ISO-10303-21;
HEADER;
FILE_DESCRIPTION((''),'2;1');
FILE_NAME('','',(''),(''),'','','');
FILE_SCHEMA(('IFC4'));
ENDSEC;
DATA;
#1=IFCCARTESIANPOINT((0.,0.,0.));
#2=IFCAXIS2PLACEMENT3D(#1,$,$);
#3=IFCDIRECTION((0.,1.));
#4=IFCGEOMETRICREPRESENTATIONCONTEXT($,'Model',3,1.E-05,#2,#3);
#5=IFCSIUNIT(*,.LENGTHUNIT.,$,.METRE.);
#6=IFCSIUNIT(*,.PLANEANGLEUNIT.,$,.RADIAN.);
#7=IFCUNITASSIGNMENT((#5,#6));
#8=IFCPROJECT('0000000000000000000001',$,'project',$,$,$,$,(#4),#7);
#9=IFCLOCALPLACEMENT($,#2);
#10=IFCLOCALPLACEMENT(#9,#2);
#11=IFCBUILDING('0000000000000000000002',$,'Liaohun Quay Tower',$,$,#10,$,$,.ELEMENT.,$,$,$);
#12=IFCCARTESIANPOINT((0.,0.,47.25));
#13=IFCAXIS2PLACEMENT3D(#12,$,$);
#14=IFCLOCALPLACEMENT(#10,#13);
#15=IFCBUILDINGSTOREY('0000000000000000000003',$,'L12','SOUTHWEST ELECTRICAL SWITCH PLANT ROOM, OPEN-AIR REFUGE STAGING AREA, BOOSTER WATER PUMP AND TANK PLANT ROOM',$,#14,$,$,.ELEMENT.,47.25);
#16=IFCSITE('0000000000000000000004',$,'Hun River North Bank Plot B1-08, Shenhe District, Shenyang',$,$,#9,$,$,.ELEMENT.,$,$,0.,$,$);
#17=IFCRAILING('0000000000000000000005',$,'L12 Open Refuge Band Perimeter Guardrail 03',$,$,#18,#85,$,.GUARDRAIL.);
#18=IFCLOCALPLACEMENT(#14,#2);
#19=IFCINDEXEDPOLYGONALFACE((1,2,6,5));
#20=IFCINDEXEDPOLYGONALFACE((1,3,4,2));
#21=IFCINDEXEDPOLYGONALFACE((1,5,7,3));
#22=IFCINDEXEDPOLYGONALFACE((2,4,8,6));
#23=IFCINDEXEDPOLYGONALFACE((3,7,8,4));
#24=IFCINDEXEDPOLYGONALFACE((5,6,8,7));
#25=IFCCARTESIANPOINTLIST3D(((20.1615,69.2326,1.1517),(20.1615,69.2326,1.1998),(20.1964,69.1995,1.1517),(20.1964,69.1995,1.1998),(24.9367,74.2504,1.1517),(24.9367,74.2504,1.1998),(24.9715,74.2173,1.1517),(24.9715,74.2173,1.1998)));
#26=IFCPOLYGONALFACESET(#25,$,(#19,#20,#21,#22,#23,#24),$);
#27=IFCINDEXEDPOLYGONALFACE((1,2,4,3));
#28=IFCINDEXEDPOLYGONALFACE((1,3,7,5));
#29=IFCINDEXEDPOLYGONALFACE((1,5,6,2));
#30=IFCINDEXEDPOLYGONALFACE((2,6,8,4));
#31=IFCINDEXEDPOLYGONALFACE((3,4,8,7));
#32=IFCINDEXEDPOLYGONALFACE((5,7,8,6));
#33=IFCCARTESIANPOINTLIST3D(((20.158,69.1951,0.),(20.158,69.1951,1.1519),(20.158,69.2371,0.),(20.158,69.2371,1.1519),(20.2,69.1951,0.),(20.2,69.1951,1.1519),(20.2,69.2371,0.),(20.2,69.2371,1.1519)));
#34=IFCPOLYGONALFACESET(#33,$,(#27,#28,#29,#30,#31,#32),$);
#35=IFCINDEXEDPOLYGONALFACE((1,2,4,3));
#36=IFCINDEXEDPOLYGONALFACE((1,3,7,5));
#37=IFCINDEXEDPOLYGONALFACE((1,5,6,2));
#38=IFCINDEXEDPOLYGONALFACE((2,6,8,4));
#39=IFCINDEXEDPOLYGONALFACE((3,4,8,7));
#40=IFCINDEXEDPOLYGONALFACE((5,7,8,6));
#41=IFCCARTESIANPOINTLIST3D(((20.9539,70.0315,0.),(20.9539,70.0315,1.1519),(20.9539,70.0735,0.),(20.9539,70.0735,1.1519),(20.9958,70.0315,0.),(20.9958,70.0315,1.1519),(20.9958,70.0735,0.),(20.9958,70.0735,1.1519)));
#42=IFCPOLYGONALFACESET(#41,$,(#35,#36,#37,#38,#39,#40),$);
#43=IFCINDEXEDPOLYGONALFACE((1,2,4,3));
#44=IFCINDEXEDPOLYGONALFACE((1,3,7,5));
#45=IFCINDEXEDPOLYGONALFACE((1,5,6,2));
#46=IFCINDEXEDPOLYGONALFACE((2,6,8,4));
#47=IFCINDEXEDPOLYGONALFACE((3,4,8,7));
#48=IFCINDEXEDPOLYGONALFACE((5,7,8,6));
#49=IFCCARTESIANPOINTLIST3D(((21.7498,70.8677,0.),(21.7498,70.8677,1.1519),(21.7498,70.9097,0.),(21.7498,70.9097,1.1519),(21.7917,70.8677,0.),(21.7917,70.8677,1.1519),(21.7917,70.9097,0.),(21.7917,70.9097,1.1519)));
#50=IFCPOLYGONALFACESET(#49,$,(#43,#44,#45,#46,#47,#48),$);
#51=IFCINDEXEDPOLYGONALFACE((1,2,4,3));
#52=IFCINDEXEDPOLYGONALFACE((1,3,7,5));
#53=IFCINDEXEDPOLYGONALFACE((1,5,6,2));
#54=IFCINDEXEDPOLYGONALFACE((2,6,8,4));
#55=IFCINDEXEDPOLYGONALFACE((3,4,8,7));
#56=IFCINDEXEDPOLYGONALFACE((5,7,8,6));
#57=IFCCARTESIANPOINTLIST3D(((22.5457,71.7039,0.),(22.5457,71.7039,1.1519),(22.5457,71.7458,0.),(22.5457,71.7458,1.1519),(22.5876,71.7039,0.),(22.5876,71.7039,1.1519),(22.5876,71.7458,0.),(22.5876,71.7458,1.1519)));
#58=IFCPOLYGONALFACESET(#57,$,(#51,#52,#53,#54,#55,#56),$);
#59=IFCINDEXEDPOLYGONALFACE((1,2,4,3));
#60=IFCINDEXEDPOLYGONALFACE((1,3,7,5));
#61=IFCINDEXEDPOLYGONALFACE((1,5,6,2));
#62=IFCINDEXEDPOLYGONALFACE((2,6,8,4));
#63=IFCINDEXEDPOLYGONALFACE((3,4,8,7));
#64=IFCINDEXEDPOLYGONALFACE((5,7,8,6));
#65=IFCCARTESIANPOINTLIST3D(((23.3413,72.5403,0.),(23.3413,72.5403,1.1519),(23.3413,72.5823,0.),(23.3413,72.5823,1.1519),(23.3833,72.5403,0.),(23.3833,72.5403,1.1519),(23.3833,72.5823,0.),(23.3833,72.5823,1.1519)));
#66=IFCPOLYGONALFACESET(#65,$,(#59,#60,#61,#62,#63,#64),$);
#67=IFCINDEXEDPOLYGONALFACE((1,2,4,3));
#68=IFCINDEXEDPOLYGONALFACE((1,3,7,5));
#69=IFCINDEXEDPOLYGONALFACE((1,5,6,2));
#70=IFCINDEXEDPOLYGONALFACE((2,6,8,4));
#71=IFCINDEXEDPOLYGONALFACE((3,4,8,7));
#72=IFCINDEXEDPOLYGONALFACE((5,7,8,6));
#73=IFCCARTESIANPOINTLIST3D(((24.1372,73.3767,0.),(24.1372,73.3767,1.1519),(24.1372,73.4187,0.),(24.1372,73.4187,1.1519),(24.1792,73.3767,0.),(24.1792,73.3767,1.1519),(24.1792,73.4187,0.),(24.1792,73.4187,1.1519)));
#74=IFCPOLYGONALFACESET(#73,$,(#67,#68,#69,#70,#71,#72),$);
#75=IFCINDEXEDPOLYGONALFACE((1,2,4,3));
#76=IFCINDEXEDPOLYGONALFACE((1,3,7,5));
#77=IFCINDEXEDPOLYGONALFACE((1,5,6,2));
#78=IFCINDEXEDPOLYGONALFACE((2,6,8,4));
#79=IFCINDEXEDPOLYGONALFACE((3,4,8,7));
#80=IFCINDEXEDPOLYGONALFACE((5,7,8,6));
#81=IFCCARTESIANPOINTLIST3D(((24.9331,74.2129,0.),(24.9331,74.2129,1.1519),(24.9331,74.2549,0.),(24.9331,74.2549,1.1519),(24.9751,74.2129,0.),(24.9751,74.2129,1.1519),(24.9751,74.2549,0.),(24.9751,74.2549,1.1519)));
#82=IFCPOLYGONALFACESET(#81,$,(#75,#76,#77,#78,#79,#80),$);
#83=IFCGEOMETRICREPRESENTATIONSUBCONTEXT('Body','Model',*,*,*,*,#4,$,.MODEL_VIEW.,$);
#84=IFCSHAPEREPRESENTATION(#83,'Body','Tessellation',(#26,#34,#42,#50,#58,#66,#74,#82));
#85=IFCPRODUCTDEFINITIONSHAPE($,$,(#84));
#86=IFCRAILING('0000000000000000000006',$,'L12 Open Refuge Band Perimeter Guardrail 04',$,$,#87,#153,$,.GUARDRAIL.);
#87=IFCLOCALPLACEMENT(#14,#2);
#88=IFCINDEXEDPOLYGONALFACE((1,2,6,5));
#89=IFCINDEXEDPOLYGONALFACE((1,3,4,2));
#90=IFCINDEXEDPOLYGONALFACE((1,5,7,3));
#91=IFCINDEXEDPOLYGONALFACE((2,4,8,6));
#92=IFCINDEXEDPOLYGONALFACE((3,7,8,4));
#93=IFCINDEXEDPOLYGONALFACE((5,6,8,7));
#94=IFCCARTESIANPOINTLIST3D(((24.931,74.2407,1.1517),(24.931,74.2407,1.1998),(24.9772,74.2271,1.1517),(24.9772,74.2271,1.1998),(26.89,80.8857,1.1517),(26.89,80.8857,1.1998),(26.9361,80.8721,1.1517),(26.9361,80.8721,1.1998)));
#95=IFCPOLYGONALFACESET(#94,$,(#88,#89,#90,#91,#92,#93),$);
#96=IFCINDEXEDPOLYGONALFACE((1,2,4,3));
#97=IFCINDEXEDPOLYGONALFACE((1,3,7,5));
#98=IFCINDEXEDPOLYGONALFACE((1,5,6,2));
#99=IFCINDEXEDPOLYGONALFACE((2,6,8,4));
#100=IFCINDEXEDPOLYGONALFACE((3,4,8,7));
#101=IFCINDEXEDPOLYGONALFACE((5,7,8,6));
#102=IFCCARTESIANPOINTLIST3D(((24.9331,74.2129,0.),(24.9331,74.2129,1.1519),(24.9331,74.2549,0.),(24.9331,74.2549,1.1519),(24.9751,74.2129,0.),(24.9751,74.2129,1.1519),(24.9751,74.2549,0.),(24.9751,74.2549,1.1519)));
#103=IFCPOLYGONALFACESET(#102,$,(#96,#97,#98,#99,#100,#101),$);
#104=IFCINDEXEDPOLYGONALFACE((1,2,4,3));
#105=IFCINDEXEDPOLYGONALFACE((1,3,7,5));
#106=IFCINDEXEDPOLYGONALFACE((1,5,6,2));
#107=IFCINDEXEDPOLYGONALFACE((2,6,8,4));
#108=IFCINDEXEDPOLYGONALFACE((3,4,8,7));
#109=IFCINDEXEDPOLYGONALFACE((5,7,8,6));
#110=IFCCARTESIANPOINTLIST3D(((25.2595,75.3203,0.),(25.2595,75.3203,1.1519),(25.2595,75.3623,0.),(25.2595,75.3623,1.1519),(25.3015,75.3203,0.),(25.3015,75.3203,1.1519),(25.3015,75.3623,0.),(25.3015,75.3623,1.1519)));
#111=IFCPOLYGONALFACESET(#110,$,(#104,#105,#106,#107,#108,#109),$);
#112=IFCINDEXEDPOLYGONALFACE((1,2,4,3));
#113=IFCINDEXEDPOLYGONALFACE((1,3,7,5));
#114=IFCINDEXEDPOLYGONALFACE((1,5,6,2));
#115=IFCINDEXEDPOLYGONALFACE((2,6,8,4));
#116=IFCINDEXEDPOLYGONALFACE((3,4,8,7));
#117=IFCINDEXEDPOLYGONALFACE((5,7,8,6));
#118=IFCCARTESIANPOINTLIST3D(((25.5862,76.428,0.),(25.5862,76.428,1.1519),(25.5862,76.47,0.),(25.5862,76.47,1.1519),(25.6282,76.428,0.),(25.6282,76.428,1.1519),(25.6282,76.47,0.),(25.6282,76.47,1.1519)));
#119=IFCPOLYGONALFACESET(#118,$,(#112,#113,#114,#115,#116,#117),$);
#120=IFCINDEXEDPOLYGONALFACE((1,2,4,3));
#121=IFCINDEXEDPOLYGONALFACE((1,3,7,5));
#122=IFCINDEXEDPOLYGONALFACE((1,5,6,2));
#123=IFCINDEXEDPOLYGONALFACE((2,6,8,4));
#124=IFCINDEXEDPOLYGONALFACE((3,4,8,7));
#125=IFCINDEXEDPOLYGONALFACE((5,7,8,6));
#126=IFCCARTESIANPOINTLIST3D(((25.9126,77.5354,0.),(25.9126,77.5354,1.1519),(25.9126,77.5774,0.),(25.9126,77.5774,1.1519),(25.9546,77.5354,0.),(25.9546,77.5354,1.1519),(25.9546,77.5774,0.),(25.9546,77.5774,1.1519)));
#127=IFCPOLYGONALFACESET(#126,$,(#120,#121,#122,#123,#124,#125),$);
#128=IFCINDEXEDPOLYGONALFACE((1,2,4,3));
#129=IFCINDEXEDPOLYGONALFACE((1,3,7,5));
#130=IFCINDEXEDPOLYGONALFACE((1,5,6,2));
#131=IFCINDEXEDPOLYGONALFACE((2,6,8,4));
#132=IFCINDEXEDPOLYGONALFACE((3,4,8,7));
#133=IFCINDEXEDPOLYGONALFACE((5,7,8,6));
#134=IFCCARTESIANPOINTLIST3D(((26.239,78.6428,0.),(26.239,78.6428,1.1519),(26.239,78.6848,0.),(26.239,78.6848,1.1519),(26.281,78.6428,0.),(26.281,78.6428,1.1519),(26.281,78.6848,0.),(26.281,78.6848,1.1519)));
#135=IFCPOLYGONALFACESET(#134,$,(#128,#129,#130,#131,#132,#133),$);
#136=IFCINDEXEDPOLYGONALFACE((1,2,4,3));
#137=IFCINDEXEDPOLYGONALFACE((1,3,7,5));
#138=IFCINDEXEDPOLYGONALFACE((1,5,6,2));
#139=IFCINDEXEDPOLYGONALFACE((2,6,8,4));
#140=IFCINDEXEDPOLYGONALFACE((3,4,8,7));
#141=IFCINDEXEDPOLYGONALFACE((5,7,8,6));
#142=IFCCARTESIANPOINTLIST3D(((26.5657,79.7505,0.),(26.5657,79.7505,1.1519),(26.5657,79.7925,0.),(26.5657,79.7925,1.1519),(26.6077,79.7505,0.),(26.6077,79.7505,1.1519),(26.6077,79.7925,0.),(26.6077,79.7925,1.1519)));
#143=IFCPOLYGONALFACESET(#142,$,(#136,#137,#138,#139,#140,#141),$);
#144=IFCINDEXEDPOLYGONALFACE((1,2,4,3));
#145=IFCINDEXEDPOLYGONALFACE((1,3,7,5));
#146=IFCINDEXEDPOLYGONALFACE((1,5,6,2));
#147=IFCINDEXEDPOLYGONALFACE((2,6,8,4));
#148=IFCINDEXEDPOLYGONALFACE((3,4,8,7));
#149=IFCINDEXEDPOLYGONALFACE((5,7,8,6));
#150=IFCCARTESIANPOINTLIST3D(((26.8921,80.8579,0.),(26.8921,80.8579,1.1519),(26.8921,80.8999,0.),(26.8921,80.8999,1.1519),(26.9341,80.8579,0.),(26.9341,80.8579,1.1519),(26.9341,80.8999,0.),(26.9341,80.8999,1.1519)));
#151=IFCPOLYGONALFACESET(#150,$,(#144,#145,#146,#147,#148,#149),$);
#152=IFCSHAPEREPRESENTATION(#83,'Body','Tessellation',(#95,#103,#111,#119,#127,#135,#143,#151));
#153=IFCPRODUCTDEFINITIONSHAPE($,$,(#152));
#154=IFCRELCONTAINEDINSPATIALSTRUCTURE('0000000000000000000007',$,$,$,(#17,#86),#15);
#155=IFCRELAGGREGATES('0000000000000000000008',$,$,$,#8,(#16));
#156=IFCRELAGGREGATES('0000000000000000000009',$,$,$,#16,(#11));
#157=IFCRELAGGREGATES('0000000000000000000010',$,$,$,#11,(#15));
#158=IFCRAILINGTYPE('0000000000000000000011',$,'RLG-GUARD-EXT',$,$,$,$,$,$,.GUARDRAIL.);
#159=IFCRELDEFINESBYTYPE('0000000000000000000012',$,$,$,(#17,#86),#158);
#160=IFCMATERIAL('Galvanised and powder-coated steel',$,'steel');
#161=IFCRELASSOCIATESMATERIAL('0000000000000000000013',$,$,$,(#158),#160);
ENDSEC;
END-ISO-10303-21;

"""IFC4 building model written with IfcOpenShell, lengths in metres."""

from ifc_helpers import new_model, si_unit, direction, frame, origin, origin_2d, place, context, subcontext, project, spatial, rectangle, extrude, material, type_object, element, save


model = new_model("IFC4")

# Units and contexts
model_context = context("Model", 3, precision=1e-05, world=origin(), true_north=direction((0.0, 1.0)))
body_context = subcontext(model_context, "Body", "Model", "MODEL_VIEW")
ifc_project = project(units=[si_unit("LENGTHUNIT", "METRE"), si_unit("PLANEANGLEUNIT", "RADIAN")], contexts=[model_context])

# Site, building, storey
site_placement = place(None, origin())
site = spatial("IfcSite", under=ifc_project, at=site_placement, Name="Hun River North Bank Plot B1-08, Shenhe District, Shenyang", CompositionType="ELEMENT", RefElevation=0.0)
building_placement = place(site_placement, origin())
building = spatial("IfcBuilding", under=site, at=building_placement, Name="Liaohun Quay Tower", CompositionType="ELEMENT")
storey_placement = place(building_placement, frame((0.0, 0.0, 47.25)))
storey = spatial("IfcBuildingStorey", under=building, at=storey_placement, Name="L12", Description="SOUTHWEST ELECTRICAL SWITCH PLANT ROOM, OPEN-AIR REFUGE STAGING AREA, BOOSTER WATER PUMP AND TANK PLANT ROOM", CompositionType="ELEMENT", Elevation=47.25)

# Railings
ifc_material_1 = material(Name="Galvanised and powder-coated steel", Category="steel")
railing_type = type_object("IfcRailingType", Name="RLG-GUARD-EXT", PredefinedType="GUARDRAIL", material=ifc_material_1)
railing_1_placement = place(storey_placement, frame((20.179, 69.2161, 0.0)))
element("IfcRailing", 1, at=railing_1_placement, inside=storey, type_object=railing_type, Name="L12 Open Refuge Band Perimeter Guardrail 03", PredefinedType="GUARDRAIL", context=body_context, shape_type="SweptSolid", body=[
    extrude(rectangle(XDim=0.0481, YDim=0.0481, at=origin_2d()), frame((0.0, 0.0, 1.1758), z_axis=(0.689373, 0.724407, 0.0), x_axis=(-0.724407, 0.689373, 0.0)), (0.0, 0.0, 1.0), 6.9268),
    extrude(rectangle(XDim=0.042, YDim=0.042, at=origin_2d()), origin(), (0.0, 0.0, 1.0), 1.1519),
    extrude(rectangle(XDim=0.042, YDim=0.042, at=origin_2d()), frame((0.7959, 0.8364, 0.0)), (0.0, 0.0, 1.0), 1.1519),
    extrude(rectangle(XDim=0.042, YDim=0.042, at=origin_2d()), frame((1.5918, 1.6726, 0.0)), (0.0, 0.0, 1.0), 1.1519),
    extrude(rectangle(XDim=0.042, YDim=0.042, at=origin_2d()), frame((2.3877, 2.5088, 0.0)), (0.0, 0.0, 1.0), 1.1519),
    extrude(rectangle(XDim=0.042, YDim=0.042, at=origin_2d()), frame((3.1833, 3.3452, 0.0)), (0.0, 0.0, 1.0), 1.1519),
    extrude(rectangle(XDim=0.042, YDim=0.042, at=origin_2d()), frame((3.9792, 4.1816, 0.0)), (0.0, 0.0, 1.0), 1.1519),
    extrude(rectangle(XDim=0.042, YDim=0.042, at=origin_2d()), frame((4.7751, 5.0178, 0.0)), (0.0, 0.0, 1.0), 1.1519),
])
railing_2_placement = place(storey_placement, frame((24.9541, 74.2339, 0.0)))
element("IfcRailing", 2, at=railing_2_placement, inside=storey, type_object=railing_type, Name="L12 Open Refuge Band Perimeter Guardrail 04", PredefinedType="GUARDRAIL", context=body_context, shape_type="SweptSolid", body=[
    extrude(rectangle(XDim=0.0481, YDim=0.0481, at=origin_2d()), frame((0.0, 0.0, 1.1758), z_axis=(0.282773, 0.959187, 0.0), x_axis=(-0.959187, 0.282773, 0.0)), (0.0, 0.0, 1.0), 6.9277),
    extrude(rectangle(XDim=0.042, YDim=0.042, at=origin_2d()), origin(), (0.0, 0.0, 1.0), 1.1519),
    extrude(rectangle(XDim=0.042, YDim=0.042, at=origin_2d()), frame((0.3264, 1.1074, 0.0)), (0.0, 0.0, 1.0), 1.1519),
    extrude(rectangle(XDim=0.042, YDim=0.042, at=origin_2d()), frame((0.6531, 2.2151, 0.0)), (0.0, 0.0, 1.0), 1.1519),
    extrude(rectangle(XDim=0.042, YDim=0.042, at=origin_2d()), frame((0.9795, 3.3225, 0.0)), (0.0, 0.0, 1.0), 1.1519),
    extrude(rectangle(XDim=0.042, YDim=0.042, at=origin_2d()), frame((1.3059, 4.4299, 0.0)), (0.0, 0.0, 1.0), 1.1519),
    extrude(rectangle(XDim=0.042, YDim=0.042, at=origin_2d()), frame((1.6326, 5.5376, 0.0)), (0.0, 0.0, 1.0), 1.1519),
    extrude(rectangle(XDim=0.042, YDim=0.042, at=origin_2d()), frame((1.959, 6.645, 0.0)), (0.0, 0.0, 1.0), 1.1519),
])

save(model, "model.ifc")
